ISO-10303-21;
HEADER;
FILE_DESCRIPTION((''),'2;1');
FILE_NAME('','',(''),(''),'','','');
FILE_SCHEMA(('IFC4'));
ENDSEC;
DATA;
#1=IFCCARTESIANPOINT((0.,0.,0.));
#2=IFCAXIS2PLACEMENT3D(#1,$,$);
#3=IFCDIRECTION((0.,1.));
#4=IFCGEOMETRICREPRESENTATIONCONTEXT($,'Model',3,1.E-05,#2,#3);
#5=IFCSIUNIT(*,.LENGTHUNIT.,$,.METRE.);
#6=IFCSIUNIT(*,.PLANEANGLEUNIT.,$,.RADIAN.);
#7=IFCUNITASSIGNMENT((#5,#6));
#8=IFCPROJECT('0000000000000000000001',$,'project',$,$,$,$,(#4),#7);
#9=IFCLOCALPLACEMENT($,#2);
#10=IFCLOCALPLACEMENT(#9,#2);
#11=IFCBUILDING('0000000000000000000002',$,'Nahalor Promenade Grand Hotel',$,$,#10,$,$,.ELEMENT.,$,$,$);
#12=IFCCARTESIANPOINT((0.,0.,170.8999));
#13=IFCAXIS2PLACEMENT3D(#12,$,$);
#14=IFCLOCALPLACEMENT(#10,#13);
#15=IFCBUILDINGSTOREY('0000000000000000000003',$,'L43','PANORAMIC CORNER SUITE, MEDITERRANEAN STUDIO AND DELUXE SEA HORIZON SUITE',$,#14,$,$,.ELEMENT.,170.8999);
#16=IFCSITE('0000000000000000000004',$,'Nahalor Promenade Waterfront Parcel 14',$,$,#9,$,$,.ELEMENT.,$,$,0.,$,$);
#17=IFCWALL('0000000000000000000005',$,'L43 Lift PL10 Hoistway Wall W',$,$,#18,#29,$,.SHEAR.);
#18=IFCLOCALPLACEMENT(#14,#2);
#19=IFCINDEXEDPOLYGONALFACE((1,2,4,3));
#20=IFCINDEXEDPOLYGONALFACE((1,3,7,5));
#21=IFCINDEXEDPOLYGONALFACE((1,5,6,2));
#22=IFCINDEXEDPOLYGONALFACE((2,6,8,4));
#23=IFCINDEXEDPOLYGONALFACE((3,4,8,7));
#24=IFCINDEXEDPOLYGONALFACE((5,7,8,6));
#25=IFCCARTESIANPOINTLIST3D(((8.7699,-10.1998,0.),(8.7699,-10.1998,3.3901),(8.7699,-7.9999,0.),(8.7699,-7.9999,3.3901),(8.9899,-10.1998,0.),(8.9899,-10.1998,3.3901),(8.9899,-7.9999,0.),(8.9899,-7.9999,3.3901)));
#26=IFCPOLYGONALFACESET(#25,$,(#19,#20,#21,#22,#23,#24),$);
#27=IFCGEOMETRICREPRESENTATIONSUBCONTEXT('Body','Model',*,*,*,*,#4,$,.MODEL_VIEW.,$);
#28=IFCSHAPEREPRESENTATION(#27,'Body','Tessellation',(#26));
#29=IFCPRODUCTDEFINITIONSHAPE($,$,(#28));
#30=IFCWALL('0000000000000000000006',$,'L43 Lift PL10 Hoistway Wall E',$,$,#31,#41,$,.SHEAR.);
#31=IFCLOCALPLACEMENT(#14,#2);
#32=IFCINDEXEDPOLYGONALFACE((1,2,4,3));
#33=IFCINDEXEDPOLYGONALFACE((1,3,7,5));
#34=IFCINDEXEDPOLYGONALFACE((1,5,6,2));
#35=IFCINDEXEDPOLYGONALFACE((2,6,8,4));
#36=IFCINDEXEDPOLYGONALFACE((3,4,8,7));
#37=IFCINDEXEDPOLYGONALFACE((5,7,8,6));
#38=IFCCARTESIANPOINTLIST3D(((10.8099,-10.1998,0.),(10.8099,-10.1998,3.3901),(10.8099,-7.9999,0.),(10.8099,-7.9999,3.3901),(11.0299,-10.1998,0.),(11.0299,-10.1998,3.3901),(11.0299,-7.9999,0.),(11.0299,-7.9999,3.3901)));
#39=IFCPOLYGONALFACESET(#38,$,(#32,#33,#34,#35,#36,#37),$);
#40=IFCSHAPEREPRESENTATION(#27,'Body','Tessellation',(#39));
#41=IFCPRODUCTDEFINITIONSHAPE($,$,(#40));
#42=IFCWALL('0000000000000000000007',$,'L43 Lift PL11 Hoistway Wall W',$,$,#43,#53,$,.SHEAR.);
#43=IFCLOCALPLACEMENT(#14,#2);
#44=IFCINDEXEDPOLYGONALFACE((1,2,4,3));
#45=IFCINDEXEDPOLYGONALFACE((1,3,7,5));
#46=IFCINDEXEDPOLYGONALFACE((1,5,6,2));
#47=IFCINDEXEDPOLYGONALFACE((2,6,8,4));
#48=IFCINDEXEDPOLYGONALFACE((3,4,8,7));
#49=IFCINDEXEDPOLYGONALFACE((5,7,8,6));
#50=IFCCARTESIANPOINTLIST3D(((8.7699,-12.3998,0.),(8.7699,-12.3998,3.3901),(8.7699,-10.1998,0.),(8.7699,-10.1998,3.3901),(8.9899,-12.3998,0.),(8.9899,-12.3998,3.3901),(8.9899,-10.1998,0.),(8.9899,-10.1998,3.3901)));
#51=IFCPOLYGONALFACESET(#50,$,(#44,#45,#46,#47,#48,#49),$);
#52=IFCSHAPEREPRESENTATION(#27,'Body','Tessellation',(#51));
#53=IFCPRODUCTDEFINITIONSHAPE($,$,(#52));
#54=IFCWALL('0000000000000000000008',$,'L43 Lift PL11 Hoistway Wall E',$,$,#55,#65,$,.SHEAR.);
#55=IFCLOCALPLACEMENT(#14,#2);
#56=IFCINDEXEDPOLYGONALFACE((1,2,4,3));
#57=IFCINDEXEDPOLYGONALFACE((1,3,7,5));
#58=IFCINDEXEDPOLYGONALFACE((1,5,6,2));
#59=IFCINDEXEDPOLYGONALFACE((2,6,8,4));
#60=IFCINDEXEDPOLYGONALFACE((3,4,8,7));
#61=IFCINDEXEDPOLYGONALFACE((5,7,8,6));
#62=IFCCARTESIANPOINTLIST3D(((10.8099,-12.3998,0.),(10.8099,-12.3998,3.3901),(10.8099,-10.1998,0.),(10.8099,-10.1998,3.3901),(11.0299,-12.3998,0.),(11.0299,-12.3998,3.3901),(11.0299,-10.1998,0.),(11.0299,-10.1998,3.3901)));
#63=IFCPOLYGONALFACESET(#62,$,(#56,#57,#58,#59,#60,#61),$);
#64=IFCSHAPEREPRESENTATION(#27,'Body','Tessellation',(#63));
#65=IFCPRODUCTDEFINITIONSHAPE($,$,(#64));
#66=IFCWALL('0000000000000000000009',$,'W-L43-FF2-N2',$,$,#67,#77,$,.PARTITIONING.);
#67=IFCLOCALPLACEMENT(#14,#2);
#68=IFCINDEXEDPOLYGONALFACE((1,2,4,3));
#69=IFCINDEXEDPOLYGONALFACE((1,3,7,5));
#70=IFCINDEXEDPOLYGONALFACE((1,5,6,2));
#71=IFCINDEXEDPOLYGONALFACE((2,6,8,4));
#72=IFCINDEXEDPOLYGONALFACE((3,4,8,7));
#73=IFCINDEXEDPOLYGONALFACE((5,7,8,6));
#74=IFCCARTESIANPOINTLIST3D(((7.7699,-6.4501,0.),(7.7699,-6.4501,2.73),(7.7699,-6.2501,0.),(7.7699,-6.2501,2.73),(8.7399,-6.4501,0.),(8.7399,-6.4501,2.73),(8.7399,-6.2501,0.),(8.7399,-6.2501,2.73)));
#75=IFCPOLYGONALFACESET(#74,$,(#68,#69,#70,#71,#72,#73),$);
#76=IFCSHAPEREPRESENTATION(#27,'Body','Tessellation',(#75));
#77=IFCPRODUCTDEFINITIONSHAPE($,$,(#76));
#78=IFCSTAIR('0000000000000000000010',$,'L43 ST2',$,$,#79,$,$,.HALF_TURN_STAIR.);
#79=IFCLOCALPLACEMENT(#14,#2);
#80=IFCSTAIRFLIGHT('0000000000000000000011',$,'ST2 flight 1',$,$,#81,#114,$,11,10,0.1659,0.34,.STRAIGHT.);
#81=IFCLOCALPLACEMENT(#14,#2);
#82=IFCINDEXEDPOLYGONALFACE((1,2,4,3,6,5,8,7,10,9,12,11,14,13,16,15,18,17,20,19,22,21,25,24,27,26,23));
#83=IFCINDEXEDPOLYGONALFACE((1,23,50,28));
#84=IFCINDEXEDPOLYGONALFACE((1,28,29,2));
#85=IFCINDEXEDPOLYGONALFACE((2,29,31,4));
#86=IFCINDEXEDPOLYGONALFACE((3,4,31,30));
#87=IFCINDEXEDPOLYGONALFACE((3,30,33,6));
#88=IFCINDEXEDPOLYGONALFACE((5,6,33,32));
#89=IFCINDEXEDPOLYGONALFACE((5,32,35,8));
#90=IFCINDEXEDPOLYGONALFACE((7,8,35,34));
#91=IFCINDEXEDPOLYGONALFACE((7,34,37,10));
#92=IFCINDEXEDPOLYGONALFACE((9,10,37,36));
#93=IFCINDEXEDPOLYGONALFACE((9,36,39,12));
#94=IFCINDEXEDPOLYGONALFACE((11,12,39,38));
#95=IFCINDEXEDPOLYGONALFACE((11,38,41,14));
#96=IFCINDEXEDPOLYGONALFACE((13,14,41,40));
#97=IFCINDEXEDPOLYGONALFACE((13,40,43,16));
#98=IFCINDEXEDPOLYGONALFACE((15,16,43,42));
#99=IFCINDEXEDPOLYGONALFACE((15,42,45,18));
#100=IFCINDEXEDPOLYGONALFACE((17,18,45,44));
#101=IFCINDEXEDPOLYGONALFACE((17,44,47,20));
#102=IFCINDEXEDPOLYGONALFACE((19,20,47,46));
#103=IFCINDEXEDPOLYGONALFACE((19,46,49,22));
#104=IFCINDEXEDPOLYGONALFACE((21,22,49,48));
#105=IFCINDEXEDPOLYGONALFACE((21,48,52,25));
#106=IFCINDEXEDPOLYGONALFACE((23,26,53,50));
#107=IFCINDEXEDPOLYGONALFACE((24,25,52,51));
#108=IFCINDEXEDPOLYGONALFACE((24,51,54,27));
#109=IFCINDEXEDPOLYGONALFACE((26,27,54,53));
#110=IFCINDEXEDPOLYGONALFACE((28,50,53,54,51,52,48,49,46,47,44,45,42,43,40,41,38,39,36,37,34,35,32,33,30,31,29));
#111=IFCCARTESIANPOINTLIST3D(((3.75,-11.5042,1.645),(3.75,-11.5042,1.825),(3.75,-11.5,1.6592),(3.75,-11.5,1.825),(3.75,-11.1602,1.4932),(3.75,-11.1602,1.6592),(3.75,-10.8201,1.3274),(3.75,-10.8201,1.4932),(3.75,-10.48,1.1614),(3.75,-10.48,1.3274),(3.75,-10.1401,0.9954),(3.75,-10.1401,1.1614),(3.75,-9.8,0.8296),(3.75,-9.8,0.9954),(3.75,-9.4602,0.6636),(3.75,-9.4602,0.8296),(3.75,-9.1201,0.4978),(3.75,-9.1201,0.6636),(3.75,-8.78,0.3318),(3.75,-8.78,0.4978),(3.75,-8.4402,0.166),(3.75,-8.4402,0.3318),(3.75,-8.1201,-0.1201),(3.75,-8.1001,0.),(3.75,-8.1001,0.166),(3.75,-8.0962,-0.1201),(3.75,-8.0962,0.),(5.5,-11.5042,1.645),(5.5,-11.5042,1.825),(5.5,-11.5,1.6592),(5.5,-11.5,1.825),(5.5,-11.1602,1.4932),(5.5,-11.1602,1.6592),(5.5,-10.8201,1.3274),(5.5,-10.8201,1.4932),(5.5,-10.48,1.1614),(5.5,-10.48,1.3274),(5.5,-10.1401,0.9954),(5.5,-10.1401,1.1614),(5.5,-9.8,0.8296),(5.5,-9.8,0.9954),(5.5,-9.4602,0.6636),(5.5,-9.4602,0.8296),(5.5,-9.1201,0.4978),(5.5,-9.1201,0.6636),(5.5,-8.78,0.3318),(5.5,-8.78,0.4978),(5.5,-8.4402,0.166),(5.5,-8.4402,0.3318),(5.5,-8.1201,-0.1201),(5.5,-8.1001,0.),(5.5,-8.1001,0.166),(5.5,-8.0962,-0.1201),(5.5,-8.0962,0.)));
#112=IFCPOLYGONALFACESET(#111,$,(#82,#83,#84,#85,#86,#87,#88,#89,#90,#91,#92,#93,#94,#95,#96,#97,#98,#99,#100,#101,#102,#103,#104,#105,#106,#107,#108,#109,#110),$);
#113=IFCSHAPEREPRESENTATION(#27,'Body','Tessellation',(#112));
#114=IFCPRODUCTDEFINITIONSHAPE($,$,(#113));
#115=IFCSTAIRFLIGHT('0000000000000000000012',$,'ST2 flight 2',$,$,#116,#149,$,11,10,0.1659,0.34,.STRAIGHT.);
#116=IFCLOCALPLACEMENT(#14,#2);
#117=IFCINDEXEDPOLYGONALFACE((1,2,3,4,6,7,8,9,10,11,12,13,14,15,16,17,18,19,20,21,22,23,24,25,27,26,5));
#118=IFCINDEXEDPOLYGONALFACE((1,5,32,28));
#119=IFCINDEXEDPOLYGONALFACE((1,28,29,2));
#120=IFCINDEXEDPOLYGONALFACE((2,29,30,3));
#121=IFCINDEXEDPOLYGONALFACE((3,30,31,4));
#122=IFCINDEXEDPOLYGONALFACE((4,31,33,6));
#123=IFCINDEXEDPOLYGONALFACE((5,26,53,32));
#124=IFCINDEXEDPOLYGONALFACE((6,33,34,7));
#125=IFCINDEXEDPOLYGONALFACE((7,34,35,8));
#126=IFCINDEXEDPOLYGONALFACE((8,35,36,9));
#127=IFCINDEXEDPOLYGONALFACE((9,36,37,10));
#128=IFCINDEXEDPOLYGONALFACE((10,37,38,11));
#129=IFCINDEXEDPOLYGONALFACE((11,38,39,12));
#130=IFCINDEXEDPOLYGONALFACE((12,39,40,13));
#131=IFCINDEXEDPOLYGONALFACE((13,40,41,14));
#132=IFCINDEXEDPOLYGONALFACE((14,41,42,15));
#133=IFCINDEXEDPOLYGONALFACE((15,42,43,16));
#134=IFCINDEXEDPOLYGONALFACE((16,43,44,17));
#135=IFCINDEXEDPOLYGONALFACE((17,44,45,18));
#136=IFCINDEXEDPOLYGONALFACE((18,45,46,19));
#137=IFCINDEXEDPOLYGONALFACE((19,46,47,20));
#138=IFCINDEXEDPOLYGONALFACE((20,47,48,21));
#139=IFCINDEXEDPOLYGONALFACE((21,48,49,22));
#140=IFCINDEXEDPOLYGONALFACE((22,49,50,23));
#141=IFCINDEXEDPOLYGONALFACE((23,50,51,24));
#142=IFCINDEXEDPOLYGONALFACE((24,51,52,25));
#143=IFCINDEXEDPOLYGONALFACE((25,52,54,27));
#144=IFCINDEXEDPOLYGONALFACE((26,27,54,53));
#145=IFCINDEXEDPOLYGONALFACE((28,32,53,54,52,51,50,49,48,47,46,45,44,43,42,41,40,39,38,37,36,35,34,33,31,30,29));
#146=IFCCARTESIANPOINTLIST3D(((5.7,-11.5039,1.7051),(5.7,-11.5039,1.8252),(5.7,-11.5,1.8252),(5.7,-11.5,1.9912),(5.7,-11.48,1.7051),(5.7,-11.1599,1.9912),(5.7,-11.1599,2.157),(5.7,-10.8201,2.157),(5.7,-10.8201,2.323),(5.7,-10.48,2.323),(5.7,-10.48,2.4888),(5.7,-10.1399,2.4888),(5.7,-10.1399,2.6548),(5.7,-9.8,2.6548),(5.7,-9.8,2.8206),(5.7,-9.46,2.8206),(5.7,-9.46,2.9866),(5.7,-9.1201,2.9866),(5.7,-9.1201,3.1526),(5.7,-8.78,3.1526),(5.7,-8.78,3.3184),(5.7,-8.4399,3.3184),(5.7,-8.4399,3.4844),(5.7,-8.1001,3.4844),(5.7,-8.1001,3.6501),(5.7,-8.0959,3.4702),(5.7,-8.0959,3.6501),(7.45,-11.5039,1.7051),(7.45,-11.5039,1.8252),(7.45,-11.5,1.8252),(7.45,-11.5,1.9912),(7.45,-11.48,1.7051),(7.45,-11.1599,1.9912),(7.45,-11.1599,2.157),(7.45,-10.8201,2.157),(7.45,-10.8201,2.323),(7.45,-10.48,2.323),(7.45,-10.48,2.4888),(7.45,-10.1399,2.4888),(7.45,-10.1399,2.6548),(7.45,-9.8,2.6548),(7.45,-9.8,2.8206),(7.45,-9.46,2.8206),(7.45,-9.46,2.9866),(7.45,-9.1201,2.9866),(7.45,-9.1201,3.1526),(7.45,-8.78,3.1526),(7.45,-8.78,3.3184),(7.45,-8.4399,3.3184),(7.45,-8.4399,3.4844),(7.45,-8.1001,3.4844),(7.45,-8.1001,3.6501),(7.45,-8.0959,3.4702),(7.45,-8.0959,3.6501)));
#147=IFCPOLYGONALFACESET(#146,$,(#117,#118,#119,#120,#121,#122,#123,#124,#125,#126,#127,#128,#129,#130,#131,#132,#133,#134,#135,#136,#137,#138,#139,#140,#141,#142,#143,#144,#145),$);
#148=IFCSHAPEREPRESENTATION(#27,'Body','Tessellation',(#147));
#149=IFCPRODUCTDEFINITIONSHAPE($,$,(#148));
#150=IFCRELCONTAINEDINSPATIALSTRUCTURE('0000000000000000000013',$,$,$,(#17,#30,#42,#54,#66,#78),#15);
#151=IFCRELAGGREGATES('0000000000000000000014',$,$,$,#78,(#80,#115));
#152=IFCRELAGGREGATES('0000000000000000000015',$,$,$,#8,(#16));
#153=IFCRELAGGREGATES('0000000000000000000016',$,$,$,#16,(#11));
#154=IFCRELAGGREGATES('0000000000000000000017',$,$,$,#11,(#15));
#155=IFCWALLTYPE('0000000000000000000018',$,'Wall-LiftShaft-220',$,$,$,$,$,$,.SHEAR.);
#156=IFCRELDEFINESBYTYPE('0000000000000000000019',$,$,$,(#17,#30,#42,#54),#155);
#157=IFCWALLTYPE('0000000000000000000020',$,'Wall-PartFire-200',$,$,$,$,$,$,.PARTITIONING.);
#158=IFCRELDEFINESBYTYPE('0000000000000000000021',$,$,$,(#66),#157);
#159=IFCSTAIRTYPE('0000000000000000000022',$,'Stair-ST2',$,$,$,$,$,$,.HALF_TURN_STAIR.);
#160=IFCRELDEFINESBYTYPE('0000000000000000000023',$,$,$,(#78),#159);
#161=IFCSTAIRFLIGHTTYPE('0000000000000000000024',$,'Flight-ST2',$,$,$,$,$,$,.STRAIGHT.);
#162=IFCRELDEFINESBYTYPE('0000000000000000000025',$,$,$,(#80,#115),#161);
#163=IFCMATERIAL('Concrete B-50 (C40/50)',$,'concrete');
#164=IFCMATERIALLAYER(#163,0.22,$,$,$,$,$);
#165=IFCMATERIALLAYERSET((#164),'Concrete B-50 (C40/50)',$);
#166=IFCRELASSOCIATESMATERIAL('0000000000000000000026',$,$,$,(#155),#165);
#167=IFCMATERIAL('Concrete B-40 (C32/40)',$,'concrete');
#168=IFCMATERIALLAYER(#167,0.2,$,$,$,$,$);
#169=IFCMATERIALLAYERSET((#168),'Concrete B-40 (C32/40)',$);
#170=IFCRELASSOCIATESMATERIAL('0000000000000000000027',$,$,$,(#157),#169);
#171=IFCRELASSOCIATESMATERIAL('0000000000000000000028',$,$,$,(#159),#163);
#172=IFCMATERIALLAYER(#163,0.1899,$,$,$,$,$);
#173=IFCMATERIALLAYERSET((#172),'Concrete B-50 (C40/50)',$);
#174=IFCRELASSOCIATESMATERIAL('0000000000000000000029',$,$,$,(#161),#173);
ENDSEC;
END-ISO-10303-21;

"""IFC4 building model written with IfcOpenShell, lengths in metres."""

from ifc_helpers import new_model, si_unit, direction, frame, frame_2d, origin, place, context, subcontext, project, spatial, polyline, rectangle, outline, extrude, source, transform, mapped, material, layer, layer_set, type_object, element, aggregate, save


model = new_model("IFC4")

# Units and contexts
model_context = context("Model", 3, precision=1e-05, world=origin(), true_north=direction((0.0, 1.0)))
body_context = subcontext(model_context, "Body", "Model", "MODEL_VIEW")
ifc_project = project(units=[si_unit("LENGTHUNIT", "METRE"), si_unit("PLANEANGLEUNIT", "RADIAN")], contexts=[model_context])

# Site, building, storey
site_placement = place(None, origin())
site = spatial("IfcSite", under=ifc_project, at=site_placement, Name="Nahalor Promenade Waterfront Parcel 14", CompositionType="ELEMENT", RefElevation=0.0)
building_placement = place(site_placement, origin())
building = spatial("IfcBuilding", under=site, at=building_placement, Name="Nahalor Promenade Grand Hotel", CompositionType="ELEMENT")
storey_placement = place(building_placement, frame((0.0, 0.0, 170.8999)))
storey = spatial("IfcBuildingStorey", under=building, at=storey_placement, Name="L43", Description="PANORAMIC CORNER SUITE, MEDITERRANEAN STUDIO AND DELUXE SEA HORIZON SUITE", CompositionType="ELEMENT", Elevation=170.8999)

# Walls
ifc_material_1 = material(Name="Concrete B-50 (C40/50)", Category="concrete")
ifc_layer_1 = layer(ifc_material_1, 0.22)
ifc_layer_set_1 = layer_set([ifc_layer_1], Name="Concrete B-50 (C40/50)")
wall_type_1 = type_object("IfcWallType", Name="Wall-LiftShaft-220", PredefinedType="SHEAR", material=ifc_layer_set_1)
shared_shape_1 = source(origin(), body_context, "Body", "SweptSolid", [
    extrude(rectangle(XDim=2.2, YDim=0.22, at=frame_2d((1.1001, 0.0))), origin(), (0.0, 0.0, 1.0), 3.3901),
])
for number, where, z_axis, x_axis, name in (
    (1, (8.8799, -10.2, 0.0), (0.0, 0.0, 1.0), (0.0, 1.0, 0.0), "L43 Lift PL10 Hoistway Wall W"),
    (2, (10.9199, -10.2, 0.0), (0.0, 0.0, 1.0), (0.0, 1.0, 0.0), "L43 Lift PL10 Hoistway Wall E"),
    (3, (8.8799, -12.3999, 0.0), (0.0, 0.0, 1.0), (0.0, 1.0, 0.0), "L43 Lift PL11 Hoistway Wall W"),
    (4, (10.9199, -12.3999, 0.0), (0.0, 0.0, 1.0), (0.0, 1.0, 0.0), "L43 Lift PL11 Hoistway Wall E"),
):
    element("IfcWall", number, at=place(storey_placement, frame(where, z_axis=z_axis, x_axis=x_axis)), inside=storey, type_object=wall_type_1, Name=name, PredefinedType="SHEAR", context=body_context, shape_type="MappedRepresentation", body=[
        mapped(shared_shape_1, transform((0.0, 0.0, 0.0), scale=1.0)),
    ])
ifc_material_2 = material(Name="Concrete B-40 (C32/40)", Category="concrete")
ifc_layer_2 = layer(ifc_material_2, 0.2)
ifc_layer_set_2 = layer_set([ifc_layer_2], Name="Concrete B-40 (C32/40)")
wall_type_2 = type_object("IfcWallType", Name="Wall-PartFire-200", PredefinedType="PARTITIONING", material=ifc_layer_set_2)
shared_shape_2 = source(origin(), body_context, "Body", "SweptSolid", [
    extrude(rectangle(XDim=0.97, YDim=0.2, at=frame_2d((0.4849, 0.0))), origin(), (0.0, 0.0, 1.0), 2.73),
])
wall_1_placement = place(storey_placement, frame((7.77, -6.3501, 0.0), z_axis=(0.0, 0.0, 1.0), x_axis=(1.0, 0.0, 0.0)))
element("IfcWall", 5, at=wall_1_placement, inside=storey, type_object=wall_type_2, Name="W-L43-FF2-N2", PredefinedType="PARTITIONING", context=body_context, shape_type="MappedRepresentation", body=[
    mapped(shared_shape_2, transform((0.0, 0.0, 0.0), scale=1.0)),
])

# Stair, stair flights
stair_type = type_object("IfcStairType", Name="Stair-ST2", PredefinedType="HALF_TURN_STAIR", material=ifc_material_1)
stair_placement = place(storey_placement, origin())
stair = element("IfcStair", 6, at=stair_placement, inside=storey, type_object=stair_type, Name="L43 ST2", PredefinedType="HALF_TURN_STAIR")
ifc_layer_3 = layer(ifc_material_1, 0.1899)
ifc_layer_set_3 = layer_set([ifc_layer_3], Name="Concrete B-50 (C40/50)")
stair_flight_type = type_object("IfcStairFlightType", Name="Flight-ST2", PredefinedType="STRAIGHT", material=ifc_layer_set_3)
shared_shape_3 = source(origin(), body_context, "Body", "SweptSolid", [
    extrude(outline(polyline([(-0.0039, -0.1201), (-0.0039, 0.0), (0.0, 0.0), (0.0, 0.166), (0.3401, 0.166), (0.3401, 0.3318), (0.6799, 0.3318), (0.6799, 0.4978), (1.02, 0.4978), (1.02, 0.6636), (1.3601, 0.6636), (1.3601, 0.8296), (1.7, 0.8296), (1.7, 0.9954), (2.04, 0.9954), (2.04, 1.1614), (2.3799, 1.1614), (2.3799, 1.3274), (2.72, 1.3274), (2.72, 1.4932), (3.0601, 1.4932), (3.0601, 1.6592), (3.3999, 1.6592), (3.3999, 1.825), (3.4041, 1.825), (3.4041, 1.645), (0.02, -0.1201), (-0.0039, -0.1201)])), frame((0.0, 0.875, 0.0), z_axis=(0.0, -1.0, 0.0), x_axis=(1.0, 0.0, 0.0)), (0.0, 0.0, 1.0), 1.75),
])
stair_flight_1_placement = place(storey_placement, frame((4.625, -8.1001, 0.0), z_axis=(0.0, 0.0, 1.0), x_axis=(0.0, -1.0, 0.0)))
stair_flight_1 = element("IfcStairFlight", 7, at=stair_flight_1_placement, type_object=stair_flight_type, Name="ST2 flight 1", NumberOfRisers=11, NumberOfTreads=10, PredefinedType="STRAIGHT", RiserHeight=0.1659, TreadLength=0.34, context=body_context, shape_type="MappedRepresentation", body=[
    mapped(shared_shape_3, transform((0.0, 0.0, 0.0), scale=1.0)),
])
stair_flight_2_placement = place(storey_placement, frame((6.575, -11.5, 1.8252), z_axis=(0.0, 0.0, 1.0), x_axis=(0.0, 1.0, 0.0)))
stair_flight_2 = element("IfcStairFlight", 8, at=stair_flight_2_placement, type_object=stair_flight_type, Name="ST2 flight 2", NumberOfRisers=11, NumberOfTreads=10, PredefinedType="STRAIGHT", RiserHeight=0.1659, TreadLength=0.34, context=body_context, shape_type="MappedRepresentation", body=[
    mapped(shared_shape_3, transform((0.0, 0.0, 0.0), scale=1.0)),
])
aggregate(stair, [stair_flight_1, stair_flight_2])

save(model, "model.ifc")
